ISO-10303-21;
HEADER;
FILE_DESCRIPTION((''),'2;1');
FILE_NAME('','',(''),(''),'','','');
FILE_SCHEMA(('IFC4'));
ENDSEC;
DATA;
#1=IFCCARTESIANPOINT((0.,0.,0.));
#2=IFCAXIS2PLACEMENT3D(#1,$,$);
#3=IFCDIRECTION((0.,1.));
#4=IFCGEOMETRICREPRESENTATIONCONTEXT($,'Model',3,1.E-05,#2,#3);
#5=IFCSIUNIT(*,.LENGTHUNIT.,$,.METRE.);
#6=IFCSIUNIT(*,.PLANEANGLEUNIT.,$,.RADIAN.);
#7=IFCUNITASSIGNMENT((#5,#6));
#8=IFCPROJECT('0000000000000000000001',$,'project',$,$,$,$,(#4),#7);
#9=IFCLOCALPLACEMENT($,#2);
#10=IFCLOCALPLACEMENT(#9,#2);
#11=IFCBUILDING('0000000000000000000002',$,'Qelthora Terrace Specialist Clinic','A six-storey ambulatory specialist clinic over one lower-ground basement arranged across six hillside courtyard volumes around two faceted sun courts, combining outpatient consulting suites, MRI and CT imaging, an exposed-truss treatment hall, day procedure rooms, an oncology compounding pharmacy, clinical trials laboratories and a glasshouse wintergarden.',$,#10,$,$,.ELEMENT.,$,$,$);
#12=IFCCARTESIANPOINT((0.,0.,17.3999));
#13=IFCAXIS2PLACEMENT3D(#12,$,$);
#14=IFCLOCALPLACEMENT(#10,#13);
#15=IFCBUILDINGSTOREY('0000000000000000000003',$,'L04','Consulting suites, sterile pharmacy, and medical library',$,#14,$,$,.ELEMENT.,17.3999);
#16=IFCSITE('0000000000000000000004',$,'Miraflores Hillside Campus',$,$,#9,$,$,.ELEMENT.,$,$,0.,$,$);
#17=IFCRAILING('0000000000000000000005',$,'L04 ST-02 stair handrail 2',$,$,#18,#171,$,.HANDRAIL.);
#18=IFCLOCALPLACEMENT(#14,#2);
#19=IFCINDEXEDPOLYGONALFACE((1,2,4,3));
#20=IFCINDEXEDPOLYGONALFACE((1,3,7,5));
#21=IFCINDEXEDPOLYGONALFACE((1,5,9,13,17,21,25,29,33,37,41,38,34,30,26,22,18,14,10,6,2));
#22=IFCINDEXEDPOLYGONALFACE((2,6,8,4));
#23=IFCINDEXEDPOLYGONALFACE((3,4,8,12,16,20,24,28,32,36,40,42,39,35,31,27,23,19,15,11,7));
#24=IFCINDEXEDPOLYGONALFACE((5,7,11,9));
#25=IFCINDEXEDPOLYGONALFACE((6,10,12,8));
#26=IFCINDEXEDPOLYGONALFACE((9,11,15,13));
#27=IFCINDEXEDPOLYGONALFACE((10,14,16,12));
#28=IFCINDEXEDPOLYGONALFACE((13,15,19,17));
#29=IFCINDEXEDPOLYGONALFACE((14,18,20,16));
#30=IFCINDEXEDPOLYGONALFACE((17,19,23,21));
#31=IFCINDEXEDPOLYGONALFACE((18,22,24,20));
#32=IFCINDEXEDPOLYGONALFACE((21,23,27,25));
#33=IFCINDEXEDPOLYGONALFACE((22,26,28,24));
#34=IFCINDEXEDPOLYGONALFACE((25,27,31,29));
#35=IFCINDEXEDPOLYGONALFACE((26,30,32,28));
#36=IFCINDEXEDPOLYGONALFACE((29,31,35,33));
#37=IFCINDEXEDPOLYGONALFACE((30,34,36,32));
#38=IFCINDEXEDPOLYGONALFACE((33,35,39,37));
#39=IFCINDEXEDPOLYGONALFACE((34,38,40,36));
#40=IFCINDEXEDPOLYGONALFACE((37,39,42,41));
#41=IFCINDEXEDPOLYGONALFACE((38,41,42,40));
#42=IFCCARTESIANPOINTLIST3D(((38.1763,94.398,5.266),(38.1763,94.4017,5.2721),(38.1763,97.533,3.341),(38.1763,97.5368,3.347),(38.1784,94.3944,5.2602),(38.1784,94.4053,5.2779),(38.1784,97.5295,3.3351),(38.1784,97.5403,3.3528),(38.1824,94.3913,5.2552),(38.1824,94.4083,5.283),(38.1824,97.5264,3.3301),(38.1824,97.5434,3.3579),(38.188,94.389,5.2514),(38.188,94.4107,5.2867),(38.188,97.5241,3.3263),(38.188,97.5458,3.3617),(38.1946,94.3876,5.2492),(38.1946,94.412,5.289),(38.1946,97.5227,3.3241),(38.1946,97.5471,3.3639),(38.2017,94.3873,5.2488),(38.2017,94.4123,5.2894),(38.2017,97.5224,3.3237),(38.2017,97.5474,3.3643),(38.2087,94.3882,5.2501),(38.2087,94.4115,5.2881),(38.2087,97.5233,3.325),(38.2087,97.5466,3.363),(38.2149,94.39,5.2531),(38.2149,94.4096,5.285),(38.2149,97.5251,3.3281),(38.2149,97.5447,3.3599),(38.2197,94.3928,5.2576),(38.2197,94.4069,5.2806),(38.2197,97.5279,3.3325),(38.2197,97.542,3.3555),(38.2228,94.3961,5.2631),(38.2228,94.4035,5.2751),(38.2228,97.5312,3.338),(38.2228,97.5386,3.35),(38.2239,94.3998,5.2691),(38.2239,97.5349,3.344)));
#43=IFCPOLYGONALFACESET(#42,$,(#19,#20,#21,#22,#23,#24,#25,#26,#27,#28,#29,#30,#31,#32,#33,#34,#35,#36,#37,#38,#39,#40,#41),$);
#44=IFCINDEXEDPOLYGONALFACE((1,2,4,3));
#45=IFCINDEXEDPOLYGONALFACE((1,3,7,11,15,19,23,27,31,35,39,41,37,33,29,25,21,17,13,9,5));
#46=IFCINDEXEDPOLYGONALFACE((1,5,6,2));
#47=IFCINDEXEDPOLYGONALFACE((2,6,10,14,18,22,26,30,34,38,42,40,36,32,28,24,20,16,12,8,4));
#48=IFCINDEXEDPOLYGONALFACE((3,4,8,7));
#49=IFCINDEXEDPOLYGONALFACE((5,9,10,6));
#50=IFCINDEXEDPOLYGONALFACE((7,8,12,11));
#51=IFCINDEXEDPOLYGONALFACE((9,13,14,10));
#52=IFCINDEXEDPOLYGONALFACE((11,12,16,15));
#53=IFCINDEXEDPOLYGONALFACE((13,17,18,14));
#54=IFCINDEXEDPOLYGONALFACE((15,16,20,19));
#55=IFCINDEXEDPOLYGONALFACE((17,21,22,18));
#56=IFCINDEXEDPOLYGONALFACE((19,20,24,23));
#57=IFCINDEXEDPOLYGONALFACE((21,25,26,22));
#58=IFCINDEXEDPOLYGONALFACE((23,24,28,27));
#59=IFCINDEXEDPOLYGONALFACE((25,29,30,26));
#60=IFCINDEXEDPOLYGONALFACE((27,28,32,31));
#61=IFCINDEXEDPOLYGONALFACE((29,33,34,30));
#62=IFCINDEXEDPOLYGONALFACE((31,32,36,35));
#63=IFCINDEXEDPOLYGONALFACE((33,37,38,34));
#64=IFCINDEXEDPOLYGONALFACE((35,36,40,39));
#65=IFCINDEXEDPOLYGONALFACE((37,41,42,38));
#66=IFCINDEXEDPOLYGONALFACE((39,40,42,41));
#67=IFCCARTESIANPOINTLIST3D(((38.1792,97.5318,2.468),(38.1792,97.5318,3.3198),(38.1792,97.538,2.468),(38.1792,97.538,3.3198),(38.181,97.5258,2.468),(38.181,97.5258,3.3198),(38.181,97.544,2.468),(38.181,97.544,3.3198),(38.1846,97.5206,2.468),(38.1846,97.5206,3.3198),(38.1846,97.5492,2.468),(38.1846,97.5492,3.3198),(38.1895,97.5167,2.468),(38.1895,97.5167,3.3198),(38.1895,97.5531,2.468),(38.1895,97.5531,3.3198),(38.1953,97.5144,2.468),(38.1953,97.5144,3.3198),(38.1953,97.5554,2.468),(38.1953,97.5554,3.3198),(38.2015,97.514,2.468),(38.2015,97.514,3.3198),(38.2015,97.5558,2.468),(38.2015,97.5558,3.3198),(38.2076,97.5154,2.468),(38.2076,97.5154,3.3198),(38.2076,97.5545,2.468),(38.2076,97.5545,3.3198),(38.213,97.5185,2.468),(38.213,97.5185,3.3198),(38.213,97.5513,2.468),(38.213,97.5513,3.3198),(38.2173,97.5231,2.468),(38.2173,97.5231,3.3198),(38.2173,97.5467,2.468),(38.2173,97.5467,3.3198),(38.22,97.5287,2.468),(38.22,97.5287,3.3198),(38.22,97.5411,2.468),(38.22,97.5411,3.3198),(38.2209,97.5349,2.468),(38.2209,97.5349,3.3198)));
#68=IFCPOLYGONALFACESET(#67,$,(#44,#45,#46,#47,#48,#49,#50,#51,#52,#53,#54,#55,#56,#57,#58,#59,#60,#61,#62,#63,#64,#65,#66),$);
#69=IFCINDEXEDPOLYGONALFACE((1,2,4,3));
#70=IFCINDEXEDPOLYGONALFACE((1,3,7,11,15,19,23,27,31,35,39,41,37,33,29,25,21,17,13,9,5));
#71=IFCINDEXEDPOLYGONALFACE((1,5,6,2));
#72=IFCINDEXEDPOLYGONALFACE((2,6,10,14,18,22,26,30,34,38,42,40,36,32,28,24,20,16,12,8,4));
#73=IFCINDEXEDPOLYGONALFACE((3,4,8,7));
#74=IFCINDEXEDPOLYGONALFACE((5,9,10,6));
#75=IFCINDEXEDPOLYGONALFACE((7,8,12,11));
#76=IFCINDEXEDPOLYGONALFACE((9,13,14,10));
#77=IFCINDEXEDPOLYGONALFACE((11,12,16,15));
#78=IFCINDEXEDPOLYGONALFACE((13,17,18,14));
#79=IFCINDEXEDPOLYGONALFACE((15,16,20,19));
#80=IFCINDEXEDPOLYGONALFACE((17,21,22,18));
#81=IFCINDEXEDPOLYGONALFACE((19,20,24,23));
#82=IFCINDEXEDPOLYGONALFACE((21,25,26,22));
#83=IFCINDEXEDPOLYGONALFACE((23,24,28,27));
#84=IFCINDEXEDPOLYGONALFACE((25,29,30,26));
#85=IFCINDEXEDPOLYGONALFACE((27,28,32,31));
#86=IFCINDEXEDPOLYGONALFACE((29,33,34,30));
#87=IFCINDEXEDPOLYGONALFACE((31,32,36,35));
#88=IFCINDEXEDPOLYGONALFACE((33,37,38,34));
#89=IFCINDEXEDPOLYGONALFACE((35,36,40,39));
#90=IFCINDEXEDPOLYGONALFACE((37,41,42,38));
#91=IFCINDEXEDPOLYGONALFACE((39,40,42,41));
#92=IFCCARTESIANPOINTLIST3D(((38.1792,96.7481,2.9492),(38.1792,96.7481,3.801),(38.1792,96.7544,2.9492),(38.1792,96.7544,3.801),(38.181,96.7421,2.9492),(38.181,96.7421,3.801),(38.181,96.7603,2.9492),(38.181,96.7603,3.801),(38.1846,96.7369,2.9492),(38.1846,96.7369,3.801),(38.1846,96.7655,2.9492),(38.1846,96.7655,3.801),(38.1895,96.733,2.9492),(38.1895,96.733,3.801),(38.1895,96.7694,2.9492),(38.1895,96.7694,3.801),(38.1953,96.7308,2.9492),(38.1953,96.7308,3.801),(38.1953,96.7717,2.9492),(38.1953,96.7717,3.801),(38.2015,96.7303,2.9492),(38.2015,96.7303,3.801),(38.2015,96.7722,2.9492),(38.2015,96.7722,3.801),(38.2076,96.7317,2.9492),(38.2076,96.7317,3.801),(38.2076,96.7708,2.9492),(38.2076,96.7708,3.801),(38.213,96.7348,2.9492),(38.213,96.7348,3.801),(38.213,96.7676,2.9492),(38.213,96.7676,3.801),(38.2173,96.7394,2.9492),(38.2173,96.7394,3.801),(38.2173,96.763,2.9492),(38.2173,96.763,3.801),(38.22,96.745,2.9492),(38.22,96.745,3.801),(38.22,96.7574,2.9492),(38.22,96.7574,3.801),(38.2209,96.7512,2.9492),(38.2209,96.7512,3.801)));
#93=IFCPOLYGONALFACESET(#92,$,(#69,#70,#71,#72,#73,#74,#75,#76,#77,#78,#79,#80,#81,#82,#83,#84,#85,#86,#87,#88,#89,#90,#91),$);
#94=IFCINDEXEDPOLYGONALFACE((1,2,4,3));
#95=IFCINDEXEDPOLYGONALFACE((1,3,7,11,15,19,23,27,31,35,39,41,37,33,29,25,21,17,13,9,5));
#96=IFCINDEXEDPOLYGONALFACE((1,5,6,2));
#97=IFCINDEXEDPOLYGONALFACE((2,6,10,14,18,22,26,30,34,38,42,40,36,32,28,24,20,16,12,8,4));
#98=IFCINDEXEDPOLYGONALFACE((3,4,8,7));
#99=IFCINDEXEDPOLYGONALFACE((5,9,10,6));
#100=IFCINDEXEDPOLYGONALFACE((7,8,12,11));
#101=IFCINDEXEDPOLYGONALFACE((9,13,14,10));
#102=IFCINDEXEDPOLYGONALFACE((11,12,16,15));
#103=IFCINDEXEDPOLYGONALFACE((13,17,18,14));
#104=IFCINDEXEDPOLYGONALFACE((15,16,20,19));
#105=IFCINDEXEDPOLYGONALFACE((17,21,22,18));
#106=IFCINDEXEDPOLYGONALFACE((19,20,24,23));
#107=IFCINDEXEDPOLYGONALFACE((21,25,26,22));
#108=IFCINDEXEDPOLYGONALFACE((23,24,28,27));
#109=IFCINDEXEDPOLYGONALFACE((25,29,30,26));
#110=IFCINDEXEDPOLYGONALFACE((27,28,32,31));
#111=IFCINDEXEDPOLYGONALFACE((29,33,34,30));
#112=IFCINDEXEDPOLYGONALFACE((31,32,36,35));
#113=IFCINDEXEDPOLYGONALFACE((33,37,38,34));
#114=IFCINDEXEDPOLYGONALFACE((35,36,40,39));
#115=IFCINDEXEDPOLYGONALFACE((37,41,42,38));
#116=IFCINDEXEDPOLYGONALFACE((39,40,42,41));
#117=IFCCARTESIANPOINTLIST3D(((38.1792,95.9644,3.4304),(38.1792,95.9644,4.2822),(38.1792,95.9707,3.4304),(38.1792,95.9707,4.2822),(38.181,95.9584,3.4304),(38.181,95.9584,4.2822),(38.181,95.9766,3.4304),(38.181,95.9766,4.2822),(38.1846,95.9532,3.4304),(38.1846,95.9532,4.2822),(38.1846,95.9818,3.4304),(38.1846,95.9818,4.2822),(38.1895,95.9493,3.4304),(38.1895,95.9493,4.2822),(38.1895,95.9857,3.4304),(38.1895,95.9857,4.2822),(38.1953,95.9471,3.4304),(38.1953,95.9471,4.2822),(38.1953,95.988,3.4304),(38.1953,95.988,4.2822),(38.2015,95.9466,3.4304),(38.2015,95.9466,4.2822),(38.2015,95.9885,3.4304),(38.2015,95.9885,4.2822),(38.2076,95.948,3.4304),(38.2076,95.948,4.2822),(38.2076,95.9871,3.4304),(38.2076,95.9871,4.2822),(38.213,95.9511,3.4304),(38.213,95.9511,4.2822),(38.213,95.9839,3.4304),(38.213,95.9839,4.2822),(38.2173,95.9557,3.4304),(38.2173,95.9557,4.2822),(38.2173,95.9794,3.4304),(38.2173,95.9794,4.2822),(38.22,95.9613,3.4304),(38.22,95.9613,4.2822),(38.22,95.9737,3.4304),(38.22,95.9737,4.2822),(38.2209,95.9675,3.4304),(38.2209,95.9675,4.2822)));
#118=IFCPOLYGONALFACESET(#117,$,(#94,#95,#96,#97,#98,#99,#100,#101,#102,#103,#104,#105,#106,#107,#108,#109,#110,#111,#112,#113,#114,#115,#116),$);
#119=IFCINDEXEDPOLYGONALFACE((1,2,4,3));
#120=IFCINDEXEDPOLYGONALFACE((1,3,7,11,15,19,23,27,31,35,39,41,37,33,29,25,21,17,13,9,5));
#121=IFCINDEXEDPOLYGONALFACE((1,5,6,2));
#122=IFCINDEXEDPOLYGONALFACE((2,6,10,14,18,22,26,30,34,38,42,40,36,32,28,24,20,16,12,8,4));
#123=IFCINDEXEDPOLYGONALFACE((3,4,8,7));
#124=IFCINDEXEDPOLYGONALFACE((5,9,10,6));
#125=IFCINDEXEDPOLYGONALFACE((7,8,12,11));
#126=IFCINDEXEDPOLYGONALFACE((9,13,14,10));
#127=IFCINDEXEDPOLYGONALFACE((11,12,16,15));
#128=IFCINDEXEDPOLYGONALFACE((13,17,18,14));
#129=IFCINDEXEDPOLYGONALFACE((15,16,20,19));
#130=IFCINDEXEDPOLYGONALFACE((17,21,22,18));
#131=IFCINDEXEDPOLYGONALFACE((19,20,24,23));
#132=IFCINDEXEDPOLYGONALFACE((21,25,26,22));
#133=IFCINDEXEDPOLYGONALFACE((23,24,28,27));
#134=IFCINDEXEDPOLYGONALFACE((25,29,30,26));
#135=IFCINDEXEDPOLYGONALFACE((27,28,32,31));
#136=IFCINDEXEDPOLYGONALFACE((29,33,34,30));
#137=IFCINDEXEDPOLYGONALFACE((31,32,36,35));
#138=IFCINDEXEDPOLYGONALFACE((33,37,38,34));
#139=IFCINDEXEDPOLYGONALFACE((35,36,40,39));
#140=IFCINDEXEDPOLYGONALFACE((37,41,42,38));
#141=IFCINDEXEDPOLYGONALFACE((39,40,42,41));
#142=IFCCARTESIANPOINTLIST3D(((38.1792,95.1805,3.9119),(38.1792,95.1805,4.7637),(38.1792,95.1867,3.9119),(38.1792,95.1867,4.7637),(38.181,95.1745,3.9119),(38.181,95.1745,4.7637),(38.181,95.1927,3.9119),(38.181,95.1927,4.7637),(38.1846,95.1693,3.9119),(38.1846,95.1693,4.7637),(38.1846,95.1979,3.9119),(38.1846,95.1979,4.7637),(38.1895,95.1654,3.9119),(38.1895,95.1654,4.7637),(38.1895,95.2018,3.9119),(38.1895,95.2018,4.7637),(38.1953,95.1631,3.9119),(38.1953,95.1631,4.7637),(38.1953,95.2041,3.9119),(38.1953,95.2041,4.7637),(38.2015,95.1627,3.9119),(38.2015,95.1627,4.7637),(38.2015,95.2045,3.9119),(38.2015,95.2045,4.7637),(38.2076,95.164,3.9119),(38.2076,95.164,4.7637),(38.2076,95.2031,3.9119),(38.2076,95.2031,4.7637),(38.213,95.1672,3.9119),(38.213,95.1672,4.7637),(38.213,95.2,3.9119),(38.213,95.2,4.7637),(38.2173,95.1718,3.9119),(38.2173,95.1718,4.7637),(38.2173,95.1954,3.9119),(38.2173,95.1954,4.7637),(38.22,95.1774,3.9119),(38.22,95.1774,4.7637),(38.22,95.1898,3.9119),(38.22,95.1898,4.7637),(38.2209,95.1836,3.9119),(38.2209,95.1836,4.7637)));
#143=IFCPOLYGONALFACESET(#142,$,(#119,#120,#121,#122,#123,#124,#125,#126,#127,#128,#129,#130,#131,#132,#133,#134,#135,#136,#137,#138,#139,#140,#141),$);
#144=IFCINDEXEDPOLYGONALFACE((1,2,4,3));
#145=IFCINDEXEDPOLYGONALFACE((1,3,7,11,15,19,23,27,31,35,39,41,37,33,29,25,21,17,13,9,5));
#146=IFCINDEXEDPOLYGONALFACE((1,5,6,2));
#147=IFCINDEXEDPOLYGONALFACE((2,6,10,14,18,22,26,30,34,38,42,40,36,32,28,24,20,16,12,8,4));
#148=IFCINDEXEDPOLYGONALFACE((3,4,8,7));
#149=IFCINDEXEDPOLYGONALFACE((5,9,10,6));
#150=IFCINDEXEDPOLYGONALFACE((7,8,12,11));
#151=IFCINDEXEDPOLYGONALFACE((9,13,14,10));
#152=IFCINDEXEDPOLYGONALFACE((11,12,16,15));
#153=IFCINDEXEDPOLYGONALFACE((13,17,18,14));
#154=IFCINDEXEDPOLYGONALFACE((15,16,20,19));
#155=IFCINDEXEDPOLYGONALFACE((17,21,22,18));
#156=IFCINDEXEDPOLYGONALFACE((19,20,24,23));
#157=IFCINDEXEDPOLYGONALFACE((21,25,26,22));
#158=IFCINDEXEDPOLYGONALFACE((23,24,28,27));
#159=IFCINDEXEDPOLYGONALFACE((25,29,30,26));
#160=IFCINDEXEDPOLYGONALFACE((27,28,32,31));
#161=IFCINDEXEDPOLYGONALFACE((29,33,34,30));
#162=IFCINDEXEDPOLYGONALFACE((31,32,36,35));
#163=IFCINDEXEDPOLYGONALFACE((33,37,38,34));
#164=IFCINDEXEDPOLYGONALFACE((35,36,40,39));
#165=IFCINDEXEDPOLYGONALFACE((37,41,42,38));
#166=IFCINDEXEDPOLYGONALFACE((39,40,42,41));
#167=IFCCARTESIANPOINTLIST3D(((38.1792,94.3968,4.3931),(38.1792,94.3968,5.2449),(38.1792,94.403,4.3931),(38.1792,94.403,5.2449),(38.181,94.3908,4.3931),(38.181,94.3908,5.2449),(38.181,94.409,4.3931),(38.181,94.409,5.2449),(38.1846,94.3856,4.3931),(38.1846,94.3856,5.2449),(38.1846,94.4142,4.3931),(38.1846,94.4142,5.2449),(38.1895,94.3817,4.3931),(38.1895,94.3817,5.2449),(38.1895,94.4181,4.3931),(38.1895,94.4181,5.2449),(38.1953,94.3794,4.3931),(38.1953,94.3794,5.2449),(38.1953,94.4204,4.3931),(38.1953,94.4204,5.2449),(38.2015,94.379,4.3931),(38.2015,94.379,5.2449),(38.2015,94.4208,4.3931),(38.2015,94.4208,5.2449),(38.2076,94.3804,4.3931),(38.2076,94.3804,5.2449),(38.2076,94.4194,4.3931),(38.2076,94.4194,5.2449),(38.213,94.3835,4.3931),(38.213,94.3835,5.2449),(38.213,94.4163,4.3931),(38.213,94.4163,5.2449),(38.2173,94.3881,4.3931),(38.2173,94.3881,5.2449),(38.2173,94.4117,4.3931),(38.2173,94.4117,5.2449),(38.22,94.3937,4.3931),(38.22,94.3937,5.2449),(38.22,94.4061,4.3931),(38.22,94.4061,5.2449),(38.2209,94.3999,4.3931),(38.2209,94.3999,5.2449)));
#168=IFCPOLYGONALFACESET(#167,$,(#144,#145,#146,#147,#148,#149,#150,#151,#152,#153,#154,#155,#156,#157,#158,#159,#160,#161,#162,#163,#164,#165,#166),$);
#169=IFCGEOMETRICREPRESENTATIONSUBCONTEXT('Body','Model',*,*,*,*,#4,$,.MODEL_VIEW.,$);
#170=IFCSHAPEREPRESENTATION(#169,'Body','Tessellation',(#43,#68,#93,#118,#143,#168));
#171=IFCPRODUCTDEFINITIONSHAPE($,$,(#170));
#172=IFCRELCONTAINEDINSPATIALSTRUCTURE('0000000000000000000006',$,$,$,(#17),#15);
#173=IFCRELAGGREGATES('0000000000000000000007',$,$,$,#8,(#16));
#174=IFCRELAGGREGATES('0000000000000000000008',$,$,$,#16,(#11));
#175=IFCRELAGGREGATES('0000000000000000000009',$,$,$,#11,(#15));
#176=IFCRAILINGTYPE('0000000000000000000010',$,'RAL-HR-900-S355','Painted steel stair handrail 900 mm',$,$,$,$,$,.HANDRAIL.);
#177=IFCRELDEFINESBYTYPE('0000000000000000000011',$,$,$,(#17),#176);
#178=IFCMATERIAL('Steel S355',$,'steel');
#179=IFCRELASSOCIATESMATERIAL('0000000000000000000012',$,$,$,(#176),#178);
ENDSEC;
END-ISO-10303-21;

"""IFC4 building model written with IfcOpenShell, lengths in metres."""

from ifc_helpers import new_model, si_unit, direction, frame, origin, origin_2d, place, context, subcontext, project, spatial, circle, extrude, material, type_object, element, save


model = new_model("IFC4")

# Units and contexts
model_context = context("Model", 3, precision=1e-05, world=origin(), true_north=direction((0.0, 1.0)))
body_context = subcontext(model_context, "Body", "Model", "MODEL_VIEW")
ifc_project = project(units=[si_unit("LENGTHUNIT", "METRE"), si_unit("PLANEANGLEUNIT", "RADIAN")], contexts=[model_context])

# Site, building, storey
site_placement = place(None, origin())
site = spatial("IfcSite", under=ifc_project, at=site_placement, Name="Miraflores Hillside Campus", CompositionType="ELEMENT", RefElevation=0.0)
building_placement = place(site_placement, origin())
building = spatial("IfcBuilding", under=site, at=building_placement, Name="Qelthora Terrace Specialist Clinic", Description="A six-storey ambulatory specialist clinic over one lower-ground basement arranged across six hillside courtyard volumes around two faceted sun courts, combining outpatient consulting suites, MRI and CT imaging, an exposed-truss treatment hall, day procedure rooms, an oncology compounding pharmacy, clinical trials laboratories and a glasshouse wintergarden.", CompositionType="ELEMENT")
storey_placement = place(building_placement, frame((0.0, 0.0, 17.3999)))
storey = spatial("IfcBuildingStorey", under=building, at=storey_placement, Name="L04", Description="Consulting suites, sterile pharmacy, and medical library", CompositionType="ELEMENT", Elevation=17.3999)

# Shared definitions
ifc_material_1 = material(Name="Steel S355", Category="steel")

# Railing
railing_type = type_object("IfcRailingType", Name="RAL-HR-900-S355", Description="Painted steel stair handrail 900 mm", PredefinedType="HANDRAIL", material=ifc_material_1)
railing_placement = place(storey_placement, frame((38.2, 97.5349, 2.468)))
element("IfcRailing", 1, at=railing_placement, inside=storey, type_object=railing_type, Name="L04 ST-02 stair handrail 2", PredefinedType="HANDRAIL", context=body_context, shape_type="SweptSolid", body=[
    extrude(circle(Radius=0.0239, at=origin_2d()), frame((0.0, 0.0, 0.876), z_axis=(0.0, -0.852166, 0.523271), x_axis=(1.0, 0.0, 0.0)), (0.0, 0.0, 1.0), 3.679),
    extrude(circle(Radius=0.021, at=origin_2d()), origin(), (0.0, 0.0, 1.0), 0.8518),
    extrude(circle(Radius=0.021, at=origin_2d()), frame((0.0, -0.7837, 0.4812)), (0.0, 0.0, 1.0), 0.8518),
    extrude(circle(Radius=0.021, at=origin_2d()), frame((0.0, -1.5674, 0.9624)), (0.0, 0.0, 1.0), 0.8518),
    extrude(circle(Radius=0.021, at=origin_2d()), frame((0.0, -2.3513, 1.4438)), (0.0, 0.0, 1.0), 0.8518),
    extrude(circle(Radius=0.021, at=origin_2d()), frame((0.0, -3.135, 1.925)), (0.0, 0.0, 1.0), 0.8518),
])

save(model, "model.ifc")
